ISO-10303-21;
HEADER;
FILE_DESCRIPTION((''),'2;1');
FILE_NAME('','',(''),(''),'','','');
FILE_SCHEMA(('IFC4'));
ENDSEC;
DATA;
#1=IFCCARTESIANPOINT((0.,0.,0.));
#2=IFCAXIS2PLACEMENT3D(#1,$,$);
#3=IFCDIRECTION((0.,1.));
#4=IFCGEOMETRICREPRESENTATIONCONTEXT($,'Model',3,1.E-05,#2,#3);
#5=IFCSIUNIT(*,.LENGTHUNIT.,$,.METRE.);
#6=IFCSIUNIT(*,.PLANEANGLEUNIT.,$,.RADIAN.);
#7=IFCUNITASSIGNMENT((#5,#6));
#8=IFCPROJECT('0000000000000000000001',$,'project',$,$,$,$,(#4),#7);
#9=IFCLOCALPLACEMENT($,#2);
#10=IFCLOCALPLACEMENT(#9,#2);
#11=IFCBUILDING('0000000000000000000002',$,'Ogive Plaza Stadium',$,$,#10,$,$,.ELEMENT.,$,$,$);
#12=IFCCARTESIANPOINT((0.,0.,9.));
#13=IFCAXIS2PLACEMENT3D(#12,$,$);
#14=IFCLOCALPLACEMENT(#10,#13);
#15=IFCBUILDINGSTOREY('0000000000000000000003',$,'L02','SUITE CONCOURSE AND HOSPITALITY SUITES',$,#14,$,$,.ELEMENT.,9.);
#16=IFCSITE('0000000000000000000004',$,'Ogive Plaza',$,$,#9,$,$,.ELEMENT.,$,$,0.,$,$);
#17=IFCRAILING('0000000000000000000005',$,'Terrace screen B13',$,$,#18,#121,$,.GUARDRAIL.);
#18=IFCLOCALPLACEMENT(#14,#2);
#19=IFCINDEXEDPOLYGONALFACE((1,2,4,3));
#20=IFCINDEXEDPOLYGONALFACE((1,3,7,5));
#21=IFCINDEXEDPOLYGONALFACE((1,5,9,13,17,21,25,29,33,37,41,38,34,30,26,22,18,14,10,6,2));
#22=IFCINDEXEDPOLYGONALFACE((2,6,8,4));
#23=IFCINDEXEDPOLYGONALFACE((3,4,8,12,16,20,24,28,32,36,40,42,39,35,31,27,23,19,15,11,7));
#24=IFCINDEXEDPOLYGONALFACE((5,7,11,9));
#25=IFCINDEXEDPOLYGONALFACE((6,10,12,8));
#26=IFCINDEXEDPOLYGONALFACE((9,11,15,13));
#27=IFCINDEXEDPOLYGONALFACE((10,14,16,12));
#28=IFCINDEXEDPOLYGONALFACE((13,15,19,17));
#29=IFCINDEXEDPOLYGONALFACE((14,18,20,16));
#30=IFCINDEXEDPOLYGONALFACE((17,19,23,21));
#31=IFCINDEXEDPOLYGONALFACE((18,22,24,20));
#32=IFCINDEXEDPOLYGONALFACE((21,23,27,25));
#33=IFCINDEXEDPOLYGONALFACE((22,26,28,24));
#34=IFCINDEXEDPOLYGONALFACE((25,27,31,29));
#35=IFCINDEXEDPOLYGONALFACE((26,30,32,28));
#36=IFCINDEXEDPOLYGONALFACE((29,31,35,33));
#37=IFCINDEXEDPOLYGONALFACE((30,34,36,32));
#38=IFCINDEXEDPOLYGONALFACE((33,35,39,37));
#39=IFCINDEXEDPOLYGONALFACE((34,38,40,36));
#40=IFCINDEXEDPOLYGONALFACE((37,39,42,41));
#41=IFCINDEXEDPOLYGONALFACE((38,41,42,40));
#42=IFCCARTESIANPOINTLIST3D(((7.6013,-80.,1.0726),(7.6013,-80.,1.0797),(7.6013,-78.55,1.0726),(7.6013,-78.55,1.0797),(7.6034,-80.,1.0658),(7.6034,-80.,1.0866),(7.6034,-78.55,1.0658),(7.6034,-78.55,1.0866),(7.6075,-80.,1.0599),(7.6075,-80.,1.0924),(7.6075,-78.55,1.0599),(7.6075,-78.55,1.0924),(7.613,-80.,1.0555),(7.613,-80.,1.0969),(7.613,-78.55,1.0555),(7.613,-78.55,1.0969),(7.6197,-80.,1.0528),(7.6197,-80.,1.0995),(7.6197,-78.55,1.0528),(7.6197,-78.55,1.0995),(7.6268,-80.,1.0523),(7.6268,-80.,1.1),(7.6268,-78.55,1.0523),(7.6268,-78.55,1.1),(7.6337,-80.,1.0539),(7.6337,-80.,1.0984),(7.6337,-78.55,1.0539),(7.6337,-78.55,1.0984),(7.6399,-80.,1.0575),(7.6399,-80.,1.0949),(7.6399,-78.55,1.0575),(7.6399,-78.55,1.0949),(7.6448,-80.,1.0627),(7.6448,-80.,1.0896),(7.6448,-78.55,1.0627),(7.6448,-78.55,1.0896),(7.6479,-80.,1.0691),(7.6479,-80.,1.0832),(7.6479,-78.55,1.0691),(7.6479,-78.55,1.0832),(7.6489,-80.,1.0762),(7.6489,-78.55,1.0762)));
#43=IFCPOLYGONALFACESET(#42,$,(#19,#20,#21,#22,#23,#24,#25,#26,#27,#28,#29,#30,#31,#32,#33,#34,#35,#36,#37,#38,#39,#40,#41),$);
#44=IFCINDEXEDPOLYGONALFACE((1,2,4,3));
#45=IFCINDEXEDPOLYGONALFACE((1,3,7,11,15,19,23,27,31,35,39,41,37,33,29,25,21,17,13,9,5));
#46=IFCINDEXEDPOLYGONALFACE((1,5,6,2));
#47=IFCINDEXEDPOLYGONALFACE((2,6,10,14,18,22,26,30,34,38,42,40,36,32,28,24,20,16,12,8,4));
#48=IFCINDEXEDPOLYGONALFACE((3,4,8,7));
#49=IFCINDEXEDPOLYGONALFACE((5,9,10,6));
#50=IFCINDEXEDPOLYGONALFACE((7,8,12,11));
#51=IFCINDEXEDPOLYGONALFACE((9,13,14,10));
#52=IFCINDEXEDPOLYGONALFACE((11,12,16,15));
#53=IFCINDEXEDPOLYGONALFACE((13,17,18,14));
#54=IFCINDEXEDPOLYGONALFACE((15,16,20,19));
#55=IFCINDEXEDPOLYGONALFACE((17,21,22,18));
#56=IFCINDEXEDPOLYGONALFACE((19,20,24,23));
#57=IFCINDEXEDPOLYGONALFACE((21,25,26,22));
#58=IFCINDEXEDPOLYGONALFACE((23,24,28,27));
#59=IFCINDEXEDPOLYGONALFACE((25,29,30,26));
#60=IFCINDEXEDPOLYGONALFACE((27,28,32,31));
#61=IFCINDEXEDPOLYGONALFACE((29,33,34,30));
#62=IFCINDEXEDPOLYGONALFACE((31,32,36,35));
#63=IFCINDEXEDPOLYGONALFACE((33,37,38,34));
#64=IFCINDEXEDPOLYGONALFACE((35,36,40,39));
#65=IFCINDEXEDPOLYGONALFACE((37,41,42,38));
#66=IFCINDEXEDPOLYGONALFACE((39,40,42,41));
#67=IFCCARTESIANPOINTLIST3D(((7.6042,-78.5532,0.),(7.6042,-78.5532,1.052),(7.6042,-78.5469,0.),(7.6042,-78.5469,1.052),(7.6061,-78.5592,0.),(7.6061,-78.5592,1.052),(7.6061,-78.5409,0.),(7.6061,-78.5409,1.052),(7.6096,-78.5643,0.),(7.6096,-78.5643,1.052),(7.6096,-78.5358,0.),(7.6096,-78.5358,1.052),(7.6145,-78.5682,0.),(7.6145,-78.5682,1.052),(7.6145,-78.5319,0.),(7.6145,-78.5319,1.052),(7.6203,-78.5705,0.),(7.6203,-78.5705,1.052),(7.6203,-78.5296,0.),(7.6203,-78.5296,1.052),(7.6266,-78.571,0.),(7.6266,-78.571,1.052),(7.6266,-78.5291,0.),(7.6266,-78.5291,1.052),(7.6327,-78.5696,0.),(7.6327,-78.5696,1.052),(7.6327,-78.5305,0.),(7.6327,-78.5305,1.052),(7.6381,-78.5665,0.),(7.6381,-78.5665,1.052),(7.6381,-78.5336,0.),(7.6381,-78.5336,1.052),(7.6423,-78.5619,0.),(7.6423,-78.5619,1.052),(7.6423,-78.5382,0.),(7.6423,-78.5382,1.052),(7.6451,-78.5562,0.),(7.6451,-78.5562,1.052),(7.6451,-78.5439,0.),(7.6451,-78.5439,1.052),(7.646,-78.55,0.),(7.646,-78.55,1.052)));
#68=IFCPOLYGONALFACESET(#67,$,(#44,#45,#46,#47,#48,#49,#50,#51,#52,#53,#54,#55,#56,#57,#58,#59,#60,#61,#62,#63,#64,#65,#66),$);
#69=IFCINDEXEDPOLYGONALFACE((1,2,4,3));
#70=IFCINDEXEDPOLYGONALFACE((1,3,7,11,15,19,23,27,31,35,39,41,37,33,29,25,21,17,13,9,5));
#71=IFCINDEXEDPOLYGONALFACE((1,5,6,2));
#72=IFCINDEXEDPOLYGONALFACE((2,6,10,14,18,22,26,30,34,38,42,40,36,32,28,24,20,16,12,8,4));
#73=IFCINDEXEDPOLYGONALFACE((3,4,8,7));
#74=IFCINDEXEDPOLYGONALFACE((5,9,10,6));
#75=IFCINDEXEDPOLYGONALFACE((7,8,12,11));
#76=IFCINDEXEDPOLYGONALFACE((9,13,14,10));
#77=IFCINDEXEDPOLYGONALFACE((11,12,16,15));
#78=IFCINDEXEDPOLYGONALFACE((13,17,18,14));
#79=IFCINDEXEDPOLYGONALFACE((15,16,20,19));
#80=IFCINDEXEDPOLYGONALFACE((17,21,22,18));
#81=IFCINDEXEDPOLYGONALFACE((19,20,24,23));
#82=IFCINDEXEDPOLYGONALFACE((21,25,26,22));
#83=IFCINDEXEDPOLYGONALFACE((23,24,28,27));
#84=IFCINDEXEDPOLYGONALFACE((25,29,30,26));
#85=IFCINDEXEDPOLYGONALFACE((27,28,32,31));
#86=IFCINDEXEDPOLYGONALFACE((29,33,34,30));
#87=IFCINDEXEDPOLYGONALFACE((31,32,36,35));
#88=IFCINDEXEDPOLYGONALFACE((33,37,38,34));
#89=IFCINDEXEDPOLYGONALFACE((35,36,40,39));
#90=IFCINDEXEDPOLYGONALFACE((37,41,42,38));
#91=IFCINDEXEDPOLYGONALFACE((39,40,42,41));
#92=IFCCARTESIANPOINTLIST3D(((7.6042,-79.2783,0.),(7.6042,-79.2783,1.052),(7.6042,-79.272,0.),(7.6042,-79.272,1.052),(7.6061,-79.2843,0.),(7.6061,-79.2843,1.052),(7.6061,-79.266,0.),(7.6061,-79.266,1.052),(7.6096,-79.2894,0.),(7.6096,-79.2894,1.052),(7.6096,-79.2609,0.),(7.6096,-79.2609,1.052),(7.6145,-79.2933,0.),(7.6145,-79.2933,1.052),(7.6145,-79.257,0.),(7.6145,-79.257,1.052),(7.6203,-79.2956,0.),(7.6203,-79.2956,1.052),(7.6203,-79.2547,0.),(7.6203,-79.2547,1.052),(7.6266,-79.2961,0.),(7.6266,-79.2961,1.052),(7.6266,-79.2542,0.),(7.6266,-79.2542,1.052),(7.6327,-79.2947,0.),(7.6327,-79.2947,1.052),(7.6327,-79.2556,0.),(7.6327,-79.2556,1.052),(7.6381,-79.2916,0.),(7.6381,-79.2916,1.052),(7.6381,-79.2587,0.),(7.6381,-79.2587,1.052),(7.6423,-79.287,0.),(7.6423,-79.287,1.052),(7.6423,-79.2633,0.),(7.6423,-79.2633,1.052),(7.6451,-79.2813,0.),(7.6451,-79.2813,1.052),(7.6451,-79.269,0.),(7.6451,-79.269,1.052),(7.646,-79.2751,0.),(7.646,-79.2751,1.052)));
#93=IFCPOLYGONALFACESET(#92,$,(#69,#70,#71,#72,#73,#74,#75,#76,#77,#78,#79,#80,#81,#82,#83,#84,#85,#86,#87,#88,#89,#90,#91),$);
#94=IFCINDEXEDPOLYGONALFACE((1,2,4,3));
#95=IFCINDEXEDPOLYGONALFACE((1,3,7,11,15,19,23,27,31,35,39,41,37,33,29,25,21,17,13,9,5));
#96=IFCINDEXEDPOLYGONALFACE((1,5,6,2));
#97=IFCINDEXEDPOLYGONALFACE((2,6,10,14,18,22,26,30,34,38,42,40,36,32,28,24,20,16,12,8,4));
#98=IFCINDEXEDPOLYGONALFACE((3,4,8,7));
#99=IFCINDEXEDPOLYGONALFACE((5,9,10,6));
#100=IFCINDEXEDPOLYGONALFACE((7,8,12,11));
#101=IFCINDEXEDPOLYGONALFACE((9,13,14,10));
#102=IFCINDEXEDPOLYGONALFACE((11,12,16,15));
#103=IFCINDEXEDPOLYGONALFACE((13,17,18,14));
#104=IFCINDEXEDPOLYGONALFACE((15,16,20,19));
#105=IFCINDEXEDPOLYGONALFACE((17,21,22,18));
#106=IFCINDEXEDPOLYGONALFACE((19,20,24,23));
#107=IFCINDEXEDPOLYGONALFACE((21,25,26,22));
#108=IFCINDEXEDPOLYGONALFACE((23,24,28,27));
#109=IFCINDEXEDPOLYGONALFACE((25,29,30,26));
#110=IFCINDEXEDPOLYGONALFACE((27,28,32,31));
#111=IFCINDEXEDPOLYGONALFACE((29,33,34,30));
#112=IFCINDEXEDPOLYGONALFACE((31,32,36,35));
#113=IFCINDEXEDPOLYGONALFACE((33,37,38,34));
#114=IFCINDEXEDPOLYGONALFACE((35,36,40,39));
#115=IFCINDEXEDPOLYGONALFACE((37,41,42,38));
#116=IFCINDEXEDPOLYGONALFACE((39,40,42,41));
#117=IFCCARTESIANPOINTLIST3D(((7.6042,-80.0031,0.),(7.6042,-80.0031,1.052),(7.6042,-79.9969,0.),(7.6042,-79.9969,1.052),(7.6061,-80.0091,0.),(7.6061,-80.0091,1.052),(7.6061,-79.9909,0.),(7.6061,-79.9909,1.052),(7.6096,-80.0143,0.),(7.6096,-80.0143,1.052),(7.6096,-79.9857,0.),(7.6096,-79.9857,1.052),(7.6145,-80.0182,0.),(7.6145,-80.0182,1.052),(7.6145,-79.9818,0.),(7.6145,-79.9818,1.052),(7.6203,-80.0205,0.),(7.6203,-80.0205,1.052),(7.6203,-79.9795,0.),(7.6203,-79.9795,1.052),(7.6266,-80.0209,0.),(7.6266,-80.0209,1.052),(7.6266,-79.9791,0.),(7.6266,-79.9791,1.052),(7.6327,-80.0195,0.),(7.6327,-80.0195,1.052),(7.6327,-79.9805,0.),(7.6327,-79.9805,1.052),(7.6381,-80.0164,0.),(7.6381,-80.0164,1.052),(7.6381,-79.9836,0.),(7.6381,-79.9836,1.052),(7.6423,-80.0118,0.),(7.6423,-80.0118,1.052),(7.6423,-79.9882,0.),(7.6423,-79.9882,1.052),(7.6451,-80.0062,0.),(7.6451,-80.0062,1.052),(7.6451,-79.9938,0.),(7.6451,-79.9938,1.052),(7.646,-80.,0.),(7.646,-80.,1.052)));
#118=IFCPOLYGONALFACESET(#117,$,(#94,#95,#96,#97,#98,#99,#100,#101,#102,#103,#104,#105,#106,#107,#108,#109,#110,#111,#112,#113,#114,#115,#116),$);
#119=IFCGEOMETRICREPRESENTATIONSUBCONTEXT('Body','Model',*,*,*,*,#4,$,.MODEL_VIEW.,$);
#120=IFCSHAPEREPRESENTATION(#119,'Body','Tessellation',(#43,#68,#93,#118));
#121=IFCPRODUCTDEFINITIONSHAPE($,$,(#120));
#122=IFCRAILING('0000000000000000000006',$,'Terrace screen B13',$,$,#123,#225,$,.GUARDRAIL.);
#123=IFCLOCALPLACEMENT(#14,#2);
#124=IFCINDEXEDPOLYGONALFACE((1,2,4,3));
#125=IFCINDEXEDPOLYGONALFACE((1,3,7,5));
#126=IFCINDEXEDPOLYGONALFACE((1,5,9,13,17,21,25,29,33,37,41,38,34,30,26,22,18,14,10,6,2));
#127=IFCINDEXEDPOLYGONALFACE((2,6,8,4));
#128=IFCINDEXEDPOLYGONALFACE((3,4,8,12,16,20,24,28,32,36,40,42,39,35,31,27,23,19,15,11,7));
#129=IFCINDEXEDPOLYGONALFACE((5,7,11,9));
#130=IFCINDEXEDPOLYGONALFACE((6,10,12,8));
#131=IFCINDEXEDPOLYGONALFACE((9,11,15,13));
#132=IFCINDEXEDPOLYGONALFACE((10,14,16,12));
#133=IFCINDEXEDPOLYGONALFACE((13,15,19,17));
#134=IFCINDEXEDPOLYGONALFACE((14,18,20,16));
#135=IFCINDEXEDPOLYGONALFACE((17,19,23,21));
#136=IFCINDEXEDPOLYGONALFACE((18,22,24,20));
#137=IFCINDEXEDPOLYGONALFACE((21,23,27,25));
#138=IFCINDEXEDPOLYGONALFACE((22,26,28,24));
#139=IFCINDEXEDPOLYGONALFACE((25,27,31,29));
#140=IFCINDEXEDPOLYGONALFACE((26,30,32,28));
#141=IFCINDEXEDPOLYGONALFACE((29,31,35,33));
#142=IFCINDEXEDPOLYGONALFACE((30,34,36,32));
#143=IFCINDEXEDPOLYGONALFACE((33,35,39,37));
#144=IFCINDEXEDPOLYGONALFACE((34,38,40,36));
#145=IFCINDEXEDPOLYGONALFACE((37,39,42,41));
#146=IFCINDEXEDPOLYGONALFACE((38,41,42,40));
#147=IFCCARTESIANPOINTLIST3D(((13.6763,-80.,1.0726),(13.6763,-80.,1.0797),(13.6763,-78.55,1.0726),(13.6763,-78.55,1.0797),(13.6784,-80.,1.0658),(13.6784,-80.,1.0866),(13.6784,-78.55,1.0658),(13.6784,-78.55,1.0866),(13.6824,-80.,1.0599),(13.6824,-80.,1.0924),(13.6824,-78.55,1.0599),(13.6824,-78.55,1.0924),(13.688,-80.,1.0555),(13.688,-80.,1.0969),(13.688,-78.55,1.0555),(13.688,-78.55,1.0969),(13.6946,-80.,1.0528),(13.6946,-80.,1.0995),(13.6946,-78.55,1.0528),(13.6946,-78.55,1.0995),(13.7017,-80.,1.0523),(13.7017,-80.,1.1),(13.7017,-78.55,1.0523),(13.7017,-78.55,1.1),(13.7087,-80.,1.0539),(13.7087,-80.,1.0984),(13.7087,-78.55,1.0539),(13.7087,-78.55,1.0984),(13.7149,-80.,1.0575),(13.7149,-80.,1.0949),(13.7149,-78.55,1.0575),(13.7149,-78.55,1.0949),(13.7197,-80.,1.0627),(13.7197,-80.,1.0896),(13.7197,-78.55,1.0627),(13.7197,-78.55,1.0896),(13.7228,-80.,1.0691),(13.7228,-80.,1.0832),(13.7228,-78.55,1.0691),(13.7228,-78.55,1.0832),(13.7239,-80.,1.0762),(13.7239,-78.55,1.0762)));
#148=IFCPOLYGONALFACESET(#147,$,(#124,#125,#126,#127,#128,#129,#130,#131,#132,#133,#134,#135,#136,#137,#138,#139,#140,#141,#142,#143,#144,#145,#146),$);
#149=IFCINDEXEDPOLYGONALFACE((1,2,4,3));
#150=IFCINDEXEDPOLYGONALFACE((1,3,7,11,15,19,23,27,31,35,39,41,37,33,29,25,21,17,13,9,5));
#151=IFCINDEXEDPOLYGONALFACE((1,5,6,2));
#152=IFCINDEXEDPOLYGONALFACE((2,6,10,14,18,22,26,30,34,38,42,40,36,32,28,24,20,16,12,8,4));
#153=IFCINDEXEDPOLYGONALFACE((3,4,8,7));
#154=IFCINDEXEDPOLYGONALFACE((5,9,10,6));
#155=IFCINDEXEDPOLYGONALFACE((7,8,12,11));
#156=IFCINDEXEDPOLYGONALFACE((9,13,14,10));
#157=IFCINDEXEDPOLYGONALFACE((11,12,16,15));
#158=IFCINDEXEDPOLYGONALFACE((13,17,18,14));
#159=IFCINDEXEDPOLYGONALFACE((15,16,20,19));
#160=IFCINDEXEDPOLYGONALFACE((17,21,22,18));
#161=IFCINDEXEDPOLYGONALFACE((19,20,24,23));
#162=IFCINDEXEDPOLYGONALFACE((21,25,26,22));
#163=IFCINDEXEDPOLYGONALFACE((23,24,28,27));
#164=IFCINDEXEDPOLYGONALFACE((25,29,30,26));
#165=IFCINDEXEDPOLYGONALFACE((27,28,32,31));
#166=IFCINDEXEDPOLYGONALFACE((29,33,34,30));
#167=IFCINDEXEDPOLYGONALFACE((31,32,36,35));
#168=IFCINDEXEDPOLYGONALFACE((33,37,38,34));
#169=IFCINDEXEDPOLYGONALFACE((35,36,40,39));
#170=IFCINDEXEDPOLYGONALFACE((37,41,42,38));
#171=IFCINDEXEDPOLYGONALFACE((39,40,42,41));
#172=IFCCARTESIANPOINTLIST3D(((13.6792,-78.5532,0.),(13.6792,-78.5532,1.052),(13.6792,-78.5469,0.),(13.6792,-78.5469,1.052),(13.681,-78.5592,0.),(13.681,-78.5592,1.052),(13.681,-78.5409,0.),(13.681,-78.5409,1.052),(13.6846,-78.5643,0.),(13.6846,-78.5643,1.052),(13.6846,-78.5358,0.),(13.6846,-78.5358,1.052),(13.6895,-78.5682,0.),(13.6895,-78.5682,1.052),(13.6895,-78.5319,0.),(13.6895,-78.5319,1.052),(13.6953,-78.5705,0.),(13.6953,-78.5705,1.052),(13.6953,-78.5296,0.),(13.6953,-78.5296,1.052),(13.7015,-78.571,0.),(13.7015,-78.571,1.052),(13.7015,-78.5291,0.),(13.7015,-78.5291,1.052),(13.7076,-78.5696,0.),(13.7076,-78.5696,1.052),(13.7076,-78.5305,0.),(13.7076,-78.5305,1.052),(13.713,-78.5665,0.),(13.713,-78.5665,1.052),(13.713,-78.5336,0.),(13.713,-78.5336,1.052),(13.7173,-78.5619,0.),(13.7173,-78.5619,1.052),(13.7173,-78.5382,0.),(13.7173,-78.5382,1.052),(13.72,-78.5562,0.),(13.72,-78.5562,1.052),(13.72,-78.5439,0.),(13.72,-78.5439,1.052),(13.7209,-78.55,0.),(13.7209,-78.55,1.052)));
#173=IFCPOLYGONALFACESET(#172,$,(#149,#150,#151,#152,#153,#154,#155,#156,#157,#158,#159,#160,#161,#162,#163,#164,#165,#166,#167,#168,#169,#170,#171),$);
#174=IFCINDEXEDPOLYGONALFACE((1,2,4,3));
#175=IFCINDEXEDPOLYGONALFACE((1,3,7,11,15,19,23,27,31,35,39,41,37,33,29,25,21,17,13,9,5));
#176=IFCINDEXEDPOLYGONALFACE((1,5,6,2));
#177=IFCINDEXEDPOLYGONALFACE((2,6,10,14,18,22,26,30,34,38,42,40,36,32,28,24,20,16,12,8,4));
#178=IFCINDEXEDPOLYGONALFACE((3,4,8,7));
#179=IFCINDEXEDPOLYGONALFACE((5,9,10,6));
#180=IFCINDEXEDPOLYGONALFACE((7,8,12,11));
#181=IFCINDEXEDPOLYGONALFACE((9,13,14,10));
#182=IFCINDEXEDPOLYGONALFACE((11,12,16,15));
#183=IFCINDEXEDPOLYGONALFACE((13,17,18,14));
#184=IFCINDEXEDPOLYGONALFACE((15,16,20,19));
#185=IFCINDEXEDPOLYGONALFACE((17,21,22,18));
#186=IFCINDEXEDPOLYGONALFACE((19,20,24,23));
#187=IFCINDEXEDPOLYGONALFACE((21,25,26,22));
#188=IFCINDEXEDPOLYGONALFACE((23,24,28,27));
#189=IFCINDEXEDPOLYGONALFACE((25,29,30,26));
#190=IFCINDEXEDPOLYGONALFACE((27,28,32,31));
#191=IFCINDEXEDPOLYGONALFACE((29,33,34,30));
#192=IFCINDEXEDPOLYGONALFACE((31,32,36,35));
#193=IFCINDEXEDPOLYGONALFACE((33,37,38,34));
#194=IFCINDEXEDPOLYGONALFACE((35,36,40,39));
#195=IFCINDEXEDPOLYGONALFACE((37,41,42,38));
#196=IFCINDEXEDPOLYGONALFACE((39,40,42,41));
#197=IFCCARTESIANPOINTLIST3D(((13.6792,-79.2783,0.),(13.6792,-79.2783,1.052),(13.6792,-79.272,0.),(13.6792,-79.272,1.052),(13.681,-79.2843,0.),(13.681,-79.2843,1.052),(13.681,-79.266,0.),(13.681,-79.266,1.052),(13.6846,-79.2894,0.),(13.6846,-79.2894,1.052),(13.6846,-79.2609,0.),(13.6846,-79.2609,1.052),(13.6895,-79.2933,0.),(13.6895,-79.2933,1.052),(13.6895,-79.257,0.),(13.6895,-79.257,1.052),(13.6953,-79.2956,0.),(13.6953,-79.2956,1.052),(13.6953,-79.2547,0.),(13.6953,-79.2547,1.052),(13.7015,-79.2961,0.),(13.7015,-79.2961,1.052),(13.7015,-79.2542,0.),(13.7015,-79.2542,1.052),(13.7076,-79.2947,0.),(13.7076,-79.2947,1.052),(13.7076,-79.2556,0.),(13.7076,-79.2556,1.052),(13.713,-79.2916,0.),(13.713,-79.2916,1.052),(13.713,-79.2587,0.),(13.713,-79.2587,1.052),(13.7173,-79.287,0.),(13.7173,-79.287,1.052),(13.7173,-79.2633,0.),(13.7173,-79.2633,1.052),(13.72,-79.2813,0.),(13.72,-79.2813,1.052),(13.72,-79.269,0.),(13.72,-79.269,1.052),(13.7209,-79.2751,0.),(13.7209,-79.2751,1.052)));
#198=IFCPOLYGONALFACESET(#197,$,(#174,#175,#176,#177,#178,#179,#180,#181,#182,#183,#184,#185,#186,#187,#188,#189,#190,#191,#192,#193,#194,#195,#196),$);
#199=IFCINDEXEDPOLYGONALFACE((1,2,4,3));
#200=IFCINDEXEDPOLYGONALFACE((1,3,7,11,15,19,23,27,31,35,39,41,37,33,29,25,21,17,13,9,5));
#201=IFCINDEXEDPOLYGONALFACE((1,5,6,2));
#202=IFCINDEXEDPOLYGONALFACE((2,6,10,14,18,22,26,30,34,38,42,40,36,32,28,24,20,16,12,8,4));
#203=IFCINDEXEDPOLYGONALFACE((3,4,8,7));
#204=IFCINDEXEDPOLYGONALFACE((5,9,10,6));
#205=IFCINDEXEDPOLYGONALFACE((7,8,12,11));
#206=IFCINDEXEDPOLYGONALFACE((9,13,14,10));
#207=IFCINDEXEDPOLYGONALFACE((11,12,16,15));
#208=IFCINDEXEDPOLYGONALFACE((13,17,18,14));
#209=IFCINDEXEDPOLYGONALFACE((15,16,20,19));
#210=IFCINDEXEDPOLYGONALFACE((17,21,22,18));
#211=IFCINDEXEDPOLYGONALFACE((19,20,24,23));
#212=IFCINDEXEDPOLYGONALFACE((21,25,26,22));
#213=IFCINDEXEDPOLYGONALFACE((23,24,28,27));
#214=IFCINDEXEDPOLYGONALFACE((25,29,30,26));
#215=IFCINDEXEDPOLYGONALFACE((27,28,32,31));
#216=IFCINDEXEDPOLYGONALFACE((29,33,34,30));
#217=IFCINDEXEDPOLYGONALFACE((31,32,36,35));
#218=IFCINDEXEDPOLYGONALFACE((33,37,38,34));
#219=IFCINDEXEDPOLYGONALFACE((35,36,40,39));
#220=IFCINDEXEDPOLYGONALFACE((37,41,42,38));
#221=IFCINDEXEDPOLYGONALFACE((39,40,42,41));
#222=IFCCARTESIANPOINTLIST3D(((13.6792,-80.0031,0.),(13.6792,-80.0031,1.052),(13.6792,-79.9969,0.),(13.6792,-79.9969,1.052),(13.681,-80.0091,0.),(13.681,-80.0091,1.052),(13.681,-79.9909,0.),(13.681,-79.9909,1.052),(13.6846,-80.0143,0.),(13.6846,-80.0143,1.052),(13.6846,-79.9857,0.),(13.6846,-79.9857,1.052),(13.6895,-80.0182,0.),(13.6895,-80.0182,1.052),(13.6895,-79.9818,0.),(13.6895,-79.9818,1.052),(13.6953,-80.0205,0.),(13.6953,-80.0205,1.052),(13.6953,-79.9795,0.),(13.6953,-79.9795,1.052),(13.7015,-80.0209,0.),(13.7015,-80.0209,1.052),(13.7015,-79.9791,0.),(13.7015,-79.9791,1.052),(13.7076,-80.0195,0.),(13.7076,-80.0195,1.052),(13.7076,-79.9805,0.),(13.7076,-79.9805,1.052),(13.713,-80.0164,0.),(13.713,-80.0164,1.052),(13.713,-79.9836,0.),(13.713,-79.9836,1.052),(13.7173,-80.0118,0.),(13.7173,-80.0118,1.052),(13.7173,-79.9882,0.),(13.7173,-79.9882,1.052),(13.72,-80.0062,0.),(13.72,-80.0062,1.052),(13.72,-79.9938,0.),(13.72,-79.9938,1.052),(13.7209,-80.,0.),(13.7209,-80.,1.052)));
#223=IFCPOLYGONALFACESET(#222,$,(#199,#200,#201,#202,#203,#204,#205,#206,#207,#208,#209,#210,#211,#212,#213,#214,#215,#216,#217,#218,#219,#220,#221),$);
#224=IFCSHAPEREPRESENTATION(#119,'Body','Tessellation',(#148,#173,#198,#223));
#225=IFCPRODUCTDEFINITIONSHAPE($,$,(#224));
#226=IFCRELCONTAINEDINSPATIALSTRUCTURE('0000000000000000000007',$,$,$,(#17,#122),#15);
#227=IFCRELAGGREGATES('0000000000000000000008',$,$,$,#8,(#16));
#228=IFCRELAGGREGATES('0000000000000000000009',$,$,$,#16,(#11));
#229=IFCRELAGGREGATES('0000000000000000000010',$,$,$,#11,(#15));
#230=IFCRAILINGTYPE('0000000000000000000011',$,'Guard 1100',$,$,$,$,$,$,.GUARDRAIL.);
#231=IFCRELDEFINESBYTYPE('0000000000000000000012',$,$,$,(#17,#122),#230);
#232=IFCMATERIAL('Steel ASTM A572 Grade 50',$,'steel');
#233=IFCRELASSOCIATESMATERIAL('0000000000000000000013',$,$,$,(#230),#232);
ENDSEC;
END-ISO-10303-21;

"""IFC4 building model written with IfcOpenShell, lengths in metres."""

from ifc_helpers import new_model, si_unit, direction, frame, origin, origin_2d, place, context, subcontext, project, spatial, circle, extrude, material, type_object, element, save


model = new_model("IFC4")

# Units and contexts
model_context = context("Model", 3, precision=1e-05, world=origin(), true_north=direction((0.0, 1.0)))
body_context = subcontext(model_context, "Body", "Model", "MODEL_VIEW")
ifc_project = project(units=[si_unit("LENGTHUNIT", "METRE"), si_unit("PLANEANGLEUNIT", "RADIAN")], contexts=[model_context])

# Site, building, storey
site_placement = place(None, origin())
site = spatial("IfcSite", under=ifc_project, at=site_placement, Name="Ogive Plaza", CompositionType="ELEMENT", RefElevation=0.0)
building_placement = place(site_placement, origin())
building = spatial("IfcBuilding", under=site, at=building_placement, Name="Ogive Plaza Stadium", CompositionType="ELEMENT")
storey_placement = place(building_placement, frame((0.0, 0.0, 9.0)))
storey = spatial("IfcBuildingStorey", under=building, at=storey_placement, Name="L02", Description="SUITE CONCOURSE AND HOSPITALITY SUITES", CompositionType="ELEMENT", Elevation=9.0)

# Railings
ifc_material_1 = material(Name="Steel ASTM A572 Grade 50", Category="steel")
railing_type_1 = type_object("IfcRailingType", Name="Guard 1100", PredefinedType="GUARDRAIL", material=ifc_material_1)
for number, where, name in (
    (1, (7.625, -78.55, 0.0), "Terrace screen B13"),
    (2, (13.7, -78.55, 0.0), "Terrace screen B13"),
):
    element("IfcRailing", number, at=place(storey_placement, frame(where)), inside=storey, type_object=railing_type_1, Name=name, PredefinedType="GUARDRAIL", context=body_context, shape_type="SweptSolid", body=[
        extrude(circle(Radius=0.0239, at=origin_2d()), frame((0.0, 0.0, 1.0762), z_axis=(0.0, -1.0, 0.0), x_axis=(1.0, 0.0, 0.0)), (0.0, 0.0, 1.0), 1.45),
        extrude(circle(Radius=0.021, at=origin_2d()), origin(), (0.0, 0.0, 1.0), 1.052),
        extrude(circle(Radius=0.021, at=origin_2d()), frame((0.0, -0.7251, 0.0)), (0.0, 0.0, 1.0), 1.052),
        extrude(circle(Radius=0.021, at=origin_2d()), frame((0.0, -1.45, 0.0)), (0.0, 0.0, 1.0), 1.052),
    ])

save(model, "model.ifc")
